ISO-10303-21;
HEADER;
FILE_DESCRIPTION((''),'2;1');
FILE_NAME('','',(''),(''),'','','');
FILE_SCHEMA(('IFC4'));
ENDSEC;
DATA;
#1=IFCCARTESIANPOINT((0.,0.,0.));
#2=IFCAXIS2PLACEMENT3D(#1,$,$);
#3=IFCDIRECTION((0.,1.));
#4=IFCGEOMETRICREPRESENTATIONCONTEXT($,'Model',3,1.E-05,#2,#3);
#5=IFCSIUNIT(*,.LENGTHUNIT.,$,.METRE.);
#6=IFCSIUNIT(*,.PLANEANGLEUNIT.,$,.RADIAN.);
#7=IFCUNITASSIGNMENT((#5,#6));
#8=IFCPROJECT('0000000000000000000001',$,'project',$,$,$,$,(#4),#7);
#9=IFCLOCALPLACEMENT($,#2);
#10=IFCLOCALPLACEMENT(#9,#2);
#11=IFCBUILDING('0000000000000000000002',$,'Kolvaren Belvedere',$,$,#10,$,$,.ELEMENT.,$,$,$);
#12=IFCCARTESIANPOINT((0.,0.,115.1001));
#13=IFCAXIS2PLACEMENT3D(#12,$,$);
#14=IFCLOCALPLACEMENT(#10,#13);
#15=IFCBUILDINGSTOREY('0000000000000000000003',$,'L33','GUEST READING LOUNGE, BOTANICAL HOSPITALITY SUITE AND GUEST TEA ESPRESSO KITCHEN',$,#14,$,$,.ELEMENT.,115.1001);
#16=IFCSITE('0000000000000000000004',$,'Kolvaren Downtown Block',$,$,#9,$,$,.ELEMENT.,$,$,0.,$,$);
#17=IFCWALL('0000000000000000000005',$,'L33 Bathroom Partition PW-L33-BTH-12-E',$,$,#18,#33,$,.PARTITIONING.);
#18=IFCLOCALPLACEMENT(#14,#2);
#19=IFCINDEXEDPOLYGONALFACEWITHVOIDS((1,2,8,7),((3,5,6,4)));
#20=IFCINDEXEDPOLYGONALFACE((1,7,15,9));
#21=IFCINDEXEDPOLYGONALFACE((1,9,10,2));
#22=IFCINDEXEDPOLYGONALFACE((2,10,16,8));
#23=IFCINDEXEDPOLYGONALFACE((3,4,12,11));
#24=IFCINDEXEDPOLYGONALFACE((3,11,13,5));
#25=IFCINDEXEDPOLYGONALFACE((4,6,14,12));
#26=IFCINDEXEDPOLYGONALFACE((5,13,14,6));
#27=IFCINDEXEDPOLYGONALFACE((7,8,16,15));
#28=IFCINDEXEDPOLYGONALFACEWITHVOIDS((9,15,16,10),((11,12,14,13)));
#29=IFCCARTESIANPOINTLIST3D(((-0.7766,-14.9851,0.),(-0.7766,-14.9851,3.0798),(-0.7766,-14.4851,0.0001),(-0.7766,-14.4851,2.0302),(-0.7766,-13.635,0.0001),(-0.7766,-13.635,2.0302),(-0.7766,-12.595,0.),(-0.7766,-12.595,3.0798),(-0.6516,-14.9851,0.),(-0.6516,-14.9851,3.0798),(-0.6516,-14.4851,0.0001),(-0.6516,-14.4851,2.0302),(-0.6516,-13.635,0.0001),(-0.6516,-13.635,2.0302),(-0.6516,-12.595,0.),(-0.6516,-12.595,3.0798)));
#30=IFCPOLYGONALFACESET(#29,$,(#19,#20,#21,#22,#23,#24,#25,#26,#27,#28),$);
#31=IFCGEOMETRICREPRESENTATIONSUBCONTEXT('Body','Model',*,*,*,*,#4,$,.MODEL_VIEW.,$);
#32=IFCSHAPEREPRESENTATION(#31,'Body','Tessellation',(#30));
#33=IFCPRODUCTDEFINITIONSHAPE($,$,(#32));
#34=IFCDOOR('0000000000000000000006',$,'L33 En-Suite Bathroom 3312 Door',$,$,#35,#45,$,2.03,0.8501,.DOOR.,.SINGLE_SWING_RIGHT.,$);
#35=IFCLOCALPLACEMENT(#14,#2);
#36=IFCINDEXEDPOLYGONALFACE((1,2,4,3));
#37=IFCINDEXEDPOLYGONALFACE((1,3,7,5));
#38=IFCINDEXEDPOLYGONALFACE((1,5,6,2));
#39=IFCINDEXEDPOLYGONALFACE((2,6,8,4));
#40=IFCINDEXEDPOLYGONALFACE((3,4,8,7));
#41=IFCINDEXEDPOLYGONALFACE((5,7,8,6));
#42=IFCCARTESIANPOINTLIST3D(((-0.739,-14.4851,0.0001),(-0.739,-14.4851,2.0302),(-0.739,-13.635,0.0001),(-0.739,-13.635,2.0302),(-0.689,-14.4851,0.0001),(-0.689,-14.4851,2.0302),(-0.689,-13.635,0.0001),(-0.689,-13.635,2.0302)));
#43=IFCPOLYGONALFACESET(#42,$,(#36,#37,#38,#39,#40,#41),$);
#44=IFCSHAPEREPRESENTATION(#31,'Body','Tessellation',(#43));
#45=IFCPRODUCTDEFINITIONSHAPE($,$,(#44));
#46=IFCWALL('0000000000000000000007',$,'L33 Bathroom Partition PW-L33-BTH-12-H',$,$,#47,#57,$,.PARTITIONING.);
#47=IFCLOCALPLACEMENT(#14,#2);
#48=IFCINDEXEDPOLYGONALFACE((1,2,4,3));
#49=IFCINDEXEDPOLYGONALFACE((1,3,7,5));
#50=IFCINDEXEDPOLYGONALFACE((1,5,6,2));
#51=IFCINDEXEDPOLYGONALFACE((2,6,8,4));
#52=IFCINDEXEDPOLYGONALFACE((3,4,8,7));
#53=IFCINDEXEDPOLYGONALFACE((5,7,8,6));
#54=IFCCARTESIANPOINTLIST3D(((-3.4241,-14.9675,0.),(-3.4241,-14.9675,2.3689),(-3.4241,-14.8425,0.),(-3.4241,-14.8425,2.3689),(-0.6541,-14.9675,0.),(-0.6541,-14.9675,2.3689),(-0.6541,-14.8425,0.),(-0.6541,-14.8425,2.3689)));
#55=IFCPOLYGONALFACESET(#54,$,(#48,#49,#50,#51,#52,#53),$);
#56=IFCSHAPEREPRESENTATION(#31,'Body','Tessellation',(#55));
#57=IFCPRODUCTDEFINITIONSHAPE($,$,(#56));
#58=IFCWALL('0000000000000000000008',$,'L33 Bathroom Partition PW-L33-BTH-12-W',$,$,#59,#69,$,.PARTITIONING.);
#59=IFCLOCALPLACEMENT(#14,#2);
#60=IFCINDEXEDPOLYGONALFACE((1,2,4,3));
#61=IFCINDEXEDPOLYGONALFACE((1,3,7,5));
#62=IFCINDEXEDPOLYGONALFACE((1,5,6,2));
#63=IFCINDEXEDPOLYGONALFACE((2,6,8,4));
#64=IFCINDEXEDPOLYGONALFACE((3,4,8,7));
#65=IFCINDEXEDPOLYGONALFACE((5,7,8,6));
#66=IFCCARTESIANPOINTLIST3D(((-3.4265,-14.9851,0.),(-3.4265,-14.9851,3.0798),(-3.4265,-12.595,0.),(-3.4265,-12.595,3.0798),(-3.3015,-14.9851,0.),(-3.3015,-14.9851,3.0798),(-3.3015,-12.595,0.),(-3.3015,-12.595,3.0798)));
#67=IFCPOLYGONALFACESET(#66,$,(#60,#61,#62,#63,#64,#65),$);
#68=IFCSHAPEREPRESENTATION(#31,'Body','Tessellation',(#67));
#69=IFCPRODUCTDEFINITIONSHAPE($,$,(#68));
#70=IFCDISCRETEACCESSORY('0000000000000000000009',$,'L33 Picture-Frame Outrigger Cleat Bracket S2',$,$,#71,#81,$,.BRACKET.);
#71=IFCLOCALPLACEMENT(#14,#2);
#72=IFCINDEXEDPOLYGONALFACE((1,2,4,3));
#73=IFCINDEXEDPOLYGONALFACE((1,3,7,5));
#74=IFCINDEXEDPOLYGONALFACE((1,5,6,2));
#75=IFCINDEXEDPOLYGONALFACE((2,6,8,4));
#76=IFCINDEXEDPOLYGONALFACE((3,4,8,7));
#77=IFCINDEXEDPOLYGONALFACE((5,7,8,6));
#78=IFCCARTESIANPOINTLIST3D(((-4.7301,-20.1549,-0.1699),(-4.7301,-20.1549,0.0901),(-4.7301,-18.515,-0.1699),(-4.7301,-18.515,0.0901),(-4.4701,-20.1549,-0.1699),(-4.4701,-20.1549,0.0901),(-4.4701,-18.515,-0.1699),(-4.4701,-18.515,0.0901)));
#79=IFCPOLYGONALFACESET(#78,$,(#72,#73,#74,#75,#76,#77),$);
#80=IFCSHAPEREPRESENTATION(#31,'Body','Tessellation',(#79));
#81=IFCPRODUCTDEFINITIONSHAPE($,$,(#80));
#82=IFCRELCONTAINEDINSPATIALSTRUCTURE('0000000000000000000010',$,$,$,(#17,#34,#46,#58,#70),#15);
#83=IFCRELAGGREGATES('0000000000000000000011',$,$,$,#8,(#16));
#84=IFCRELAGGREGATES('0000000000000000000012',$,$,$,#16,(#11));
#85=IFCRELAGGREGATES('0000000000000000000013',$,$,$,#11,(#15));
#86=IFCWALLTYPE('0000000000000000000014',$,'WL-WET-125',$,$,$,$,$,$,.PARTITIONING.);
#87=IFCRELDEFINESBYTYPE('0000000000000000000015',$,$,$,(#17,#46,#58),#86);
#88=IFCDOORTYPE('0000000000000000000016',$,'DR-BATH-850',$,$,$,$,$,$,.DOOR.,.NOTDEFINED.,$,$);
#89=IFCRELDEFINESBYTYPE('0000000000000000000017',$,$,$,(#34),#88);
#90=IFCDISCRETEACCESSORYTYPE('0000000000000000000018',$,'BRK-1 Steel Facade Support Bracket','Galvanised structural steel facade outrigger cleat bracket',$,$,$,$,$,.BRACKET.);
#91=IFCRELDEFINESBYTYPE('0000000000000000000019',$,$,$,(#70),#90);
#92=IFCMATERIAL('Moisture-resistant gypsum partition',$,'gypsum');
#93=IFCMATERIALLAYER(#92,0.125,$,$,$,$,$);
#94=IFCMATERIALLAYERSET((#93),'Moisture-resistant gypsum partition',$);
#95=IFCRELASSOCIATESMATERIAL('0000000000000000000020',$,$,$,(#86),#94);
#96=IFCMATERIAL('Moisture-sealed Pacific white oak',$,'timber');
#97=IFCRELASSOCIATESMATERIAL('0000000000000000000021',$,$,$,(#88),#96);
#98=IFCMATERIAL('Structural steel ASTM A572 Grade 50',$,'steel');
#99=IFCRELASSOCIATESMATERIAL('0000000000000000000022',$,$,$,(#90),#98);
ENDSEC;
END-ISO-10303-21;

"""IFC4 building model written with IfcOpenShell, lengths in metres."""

from ifc_helpers import new_model, si_unit, direction, frame, frame_2d, origin, origin_2d, place, context, subcontext, project, spatial, rectangle, extrude, material, layer, layer_set, type_object, element, fill, save


model = new_model("IFC4")

# Units and contexts
model_context = context("Model", 3, precision=1e-05, world=origin(), true_north=direction((0.0, 1.0)))
body_context = subcontext(model_context, "Body", "Model", "MODEL_VIEW")
ifc_project = project(units=[si_unit("LENGTHUNIT", "METRE"), si_unit("PLANEANGLEUNIT", "RADIAN")], contexts=[model_context])

# Site, building, storey
site_placement = place(None, origin())
site = spatial("IfcSite", under=ifc_project, at=site_placement, Name="Kolvaren Downtown Block", CompositionType="ELEMENT", RefElevation=0.0)
building_placement = place(site_placement, origin())
building = spatial("IfcBuilding", under=site, at=building_placement, Name="Kolvaren Belvedere", CompositionType="ELEMENT")
storey_placement = place(building_placement, frame((0.0, 0.0, 115.1001)))
storey = spatial("IfcBuildingStorey", under=building, at=storey_placement, Name="L33", Description="GUEST READING LOUNGE, BOTANICAL HOSPITALITY SUITE AND GUEST TEA ESPRESSO KITCHEN", CompositionType="ELEMENT", Elevation=115.1001)

# Wall, opening, door
ifc_material_1 = material(Name="Moisture-resistant gypsum partition", Category="gypsum")
ifc_layer_1 = layer(ifc_material_1, 0.125)
ifc_layer_set_1 = layer_set([ifc_layer_1], Name="Moisture-resistant gypsum partition")
wall_type_1 = type_object("IfcWallType", Name="WL-WET-125", PredefinedType="PARTITIONING", material=ifc_layer_set_1)
wall_1_placement = place(storey_placement, frame((-0.7141, -14.9851, 0.0), z_axis=(0.0, 0.0, 1.0), x_axis=(0.0, 1.0, 0.0)))
wall_1 = element("IfcWall", 1, at=wall_1_placement, inside=storey, type_object=wall_type_1, Name="L33 Bathroom Partition PW-L33-BTH-12-E", PredefinedType="PARTITIONING", context=body_context, shape_type="SweptSolid", body=[
    extrude(rectangle(XDim=2.3901, YDim=0.125, at=frame_2d((1.1951, 0.0))), origin(), (0.0, 0.0, 1.0), 3.0798),
])
opening_1_placement = place(wall_1_placement, frame((0.5, 0.0, 0.0)))
opening_1 = element("IfcOpeningElement", 2, at=opening_1_placement, cuts=wall_1, PredefinedType="OPENING", context=body_context, shape_type="SweptSolid", body=[
    extrude(rectangle(XDim=0.8501, YDim=2.03, at=frame_2d((0.425, 1.0151))), frame((0.0, 0.0725, 0.0), z_axis=(0.0, -1.0, 0.0), x_axis=(1.0, 0.0, 0.0)), (0.0, 0.0, 1.0), 0.145),
])
ifc_material_2 = material(Name="Moisture-sealed Pacific white oak", Category="timber")
door_type_1 = type_object("IfcDoorType", Name="DR-BATH-850", OperationType="NOTDEFINED", PredefinedType="DOOR", material=ifc_material_2)
door_1_placement = place(opening_1_placement, origin())
door_1 = element("IfcDoor", 3, at=door_1_placement, inside=storey, type_object=door_type_1, Name="L33 En-Suite Bathroom 3312 Door", OperationType="SINGLE_SWING_RIGHT", OverallHeight=2.03, OverallWidth=0.8501, PredefinedType="DOOR", context=body_context, shape_type="SweptSolid", body=[
    extrude(rectangle(XDim=0.8501, YDim=2.03, at=frame_2d((0.425, 1.0151))), frame((0.0, 0.0249, 0.0), z_axis=(0.0, -1.0, 0.0), x_axis=(1.0, 0.0, 0.0)), (0.0, 0.0, 1.0), 0.05),
])
fill(opening_1, door_1)

# Walls
wall_2_placement = place(storey_placement, frame((-3.4241, -14.905, 0.0), z_axis=(0.0, 0.0, 1.0), x_axis=(1.0, 0.0, 0.0)))
element("IfcWall", 4, at=wall_2_placement, inside=storey, type_object=wall_type_1, Name="L33 Bathroom Partition PW-L33-BTH-12-H", PredefinedType="PARTITIONING", context=body_context, shape_type="SweptSolid", body=[
    extrude(rectangle(XDim=2.77, YDim=0.125, at=frame_2d((1.385, 0.0))), origin(), (0.0, 0.0, 1.0), 2.3689),
])
wall_3_placement = place(storey_placement, frame((-3.364, -14.9851, 0.0), z_axis=(0.0, 0.0, 1.0), x_axis=(0.0, 1.0, 0.0)))
element("IfcWall", 5, at=wall_3_placement, inside=storey, type_object=wall_type_1, Name="L33 Bathroom Partition PW-L33-BTH-12-W", PredefinedType="PARTITIONING", context=body_context, shape_type="SweptSolid", body=[
    extrude(rectangle(XDim=2.3901, YDim=0.125, at=frame_2d((1.1951, 0.0))), origin(), (0.0, 0.0, 1.0), 3.0798),
])

# Discrete accessory
ifc_material_3 = material(Name="Structural steel ASTM A572 Grade 50", Category="steel")
discrete_accessory_type = type_object("IfcDiscreteAccessoryType", Name="BRK-1 Steel Facade Support Bracket", Description="Galvanised structural steel facade outrigger cleat bracket", PredefinedType="BRACKET", material=ifc_material_3)
discrete_accessory_placement = place(storey_placement, frame((-4.6001, -19.335, -0.1699), z_axis=(0.0, 0.0, 1.0), x_axis=(0.0, 1.0, 0.0)))
element("IfcDiscreteAccessory", 6, at=discrete_accessory_placement, inside=storey, type_object=discrete_accessory_type, Name="L33 Picture-Frame Outrigger Cleat Bracket S2", PredefinedType="BRACKET", context=body_context, shape_type="SweptSolid", body=[
    extrude(rectangle(XDim=1.6399, YDim=0.26, at=origin_2d()), origin(), (0.0, 0.0, 1.0), 0.26),
])

save(model, "model.ifc")
